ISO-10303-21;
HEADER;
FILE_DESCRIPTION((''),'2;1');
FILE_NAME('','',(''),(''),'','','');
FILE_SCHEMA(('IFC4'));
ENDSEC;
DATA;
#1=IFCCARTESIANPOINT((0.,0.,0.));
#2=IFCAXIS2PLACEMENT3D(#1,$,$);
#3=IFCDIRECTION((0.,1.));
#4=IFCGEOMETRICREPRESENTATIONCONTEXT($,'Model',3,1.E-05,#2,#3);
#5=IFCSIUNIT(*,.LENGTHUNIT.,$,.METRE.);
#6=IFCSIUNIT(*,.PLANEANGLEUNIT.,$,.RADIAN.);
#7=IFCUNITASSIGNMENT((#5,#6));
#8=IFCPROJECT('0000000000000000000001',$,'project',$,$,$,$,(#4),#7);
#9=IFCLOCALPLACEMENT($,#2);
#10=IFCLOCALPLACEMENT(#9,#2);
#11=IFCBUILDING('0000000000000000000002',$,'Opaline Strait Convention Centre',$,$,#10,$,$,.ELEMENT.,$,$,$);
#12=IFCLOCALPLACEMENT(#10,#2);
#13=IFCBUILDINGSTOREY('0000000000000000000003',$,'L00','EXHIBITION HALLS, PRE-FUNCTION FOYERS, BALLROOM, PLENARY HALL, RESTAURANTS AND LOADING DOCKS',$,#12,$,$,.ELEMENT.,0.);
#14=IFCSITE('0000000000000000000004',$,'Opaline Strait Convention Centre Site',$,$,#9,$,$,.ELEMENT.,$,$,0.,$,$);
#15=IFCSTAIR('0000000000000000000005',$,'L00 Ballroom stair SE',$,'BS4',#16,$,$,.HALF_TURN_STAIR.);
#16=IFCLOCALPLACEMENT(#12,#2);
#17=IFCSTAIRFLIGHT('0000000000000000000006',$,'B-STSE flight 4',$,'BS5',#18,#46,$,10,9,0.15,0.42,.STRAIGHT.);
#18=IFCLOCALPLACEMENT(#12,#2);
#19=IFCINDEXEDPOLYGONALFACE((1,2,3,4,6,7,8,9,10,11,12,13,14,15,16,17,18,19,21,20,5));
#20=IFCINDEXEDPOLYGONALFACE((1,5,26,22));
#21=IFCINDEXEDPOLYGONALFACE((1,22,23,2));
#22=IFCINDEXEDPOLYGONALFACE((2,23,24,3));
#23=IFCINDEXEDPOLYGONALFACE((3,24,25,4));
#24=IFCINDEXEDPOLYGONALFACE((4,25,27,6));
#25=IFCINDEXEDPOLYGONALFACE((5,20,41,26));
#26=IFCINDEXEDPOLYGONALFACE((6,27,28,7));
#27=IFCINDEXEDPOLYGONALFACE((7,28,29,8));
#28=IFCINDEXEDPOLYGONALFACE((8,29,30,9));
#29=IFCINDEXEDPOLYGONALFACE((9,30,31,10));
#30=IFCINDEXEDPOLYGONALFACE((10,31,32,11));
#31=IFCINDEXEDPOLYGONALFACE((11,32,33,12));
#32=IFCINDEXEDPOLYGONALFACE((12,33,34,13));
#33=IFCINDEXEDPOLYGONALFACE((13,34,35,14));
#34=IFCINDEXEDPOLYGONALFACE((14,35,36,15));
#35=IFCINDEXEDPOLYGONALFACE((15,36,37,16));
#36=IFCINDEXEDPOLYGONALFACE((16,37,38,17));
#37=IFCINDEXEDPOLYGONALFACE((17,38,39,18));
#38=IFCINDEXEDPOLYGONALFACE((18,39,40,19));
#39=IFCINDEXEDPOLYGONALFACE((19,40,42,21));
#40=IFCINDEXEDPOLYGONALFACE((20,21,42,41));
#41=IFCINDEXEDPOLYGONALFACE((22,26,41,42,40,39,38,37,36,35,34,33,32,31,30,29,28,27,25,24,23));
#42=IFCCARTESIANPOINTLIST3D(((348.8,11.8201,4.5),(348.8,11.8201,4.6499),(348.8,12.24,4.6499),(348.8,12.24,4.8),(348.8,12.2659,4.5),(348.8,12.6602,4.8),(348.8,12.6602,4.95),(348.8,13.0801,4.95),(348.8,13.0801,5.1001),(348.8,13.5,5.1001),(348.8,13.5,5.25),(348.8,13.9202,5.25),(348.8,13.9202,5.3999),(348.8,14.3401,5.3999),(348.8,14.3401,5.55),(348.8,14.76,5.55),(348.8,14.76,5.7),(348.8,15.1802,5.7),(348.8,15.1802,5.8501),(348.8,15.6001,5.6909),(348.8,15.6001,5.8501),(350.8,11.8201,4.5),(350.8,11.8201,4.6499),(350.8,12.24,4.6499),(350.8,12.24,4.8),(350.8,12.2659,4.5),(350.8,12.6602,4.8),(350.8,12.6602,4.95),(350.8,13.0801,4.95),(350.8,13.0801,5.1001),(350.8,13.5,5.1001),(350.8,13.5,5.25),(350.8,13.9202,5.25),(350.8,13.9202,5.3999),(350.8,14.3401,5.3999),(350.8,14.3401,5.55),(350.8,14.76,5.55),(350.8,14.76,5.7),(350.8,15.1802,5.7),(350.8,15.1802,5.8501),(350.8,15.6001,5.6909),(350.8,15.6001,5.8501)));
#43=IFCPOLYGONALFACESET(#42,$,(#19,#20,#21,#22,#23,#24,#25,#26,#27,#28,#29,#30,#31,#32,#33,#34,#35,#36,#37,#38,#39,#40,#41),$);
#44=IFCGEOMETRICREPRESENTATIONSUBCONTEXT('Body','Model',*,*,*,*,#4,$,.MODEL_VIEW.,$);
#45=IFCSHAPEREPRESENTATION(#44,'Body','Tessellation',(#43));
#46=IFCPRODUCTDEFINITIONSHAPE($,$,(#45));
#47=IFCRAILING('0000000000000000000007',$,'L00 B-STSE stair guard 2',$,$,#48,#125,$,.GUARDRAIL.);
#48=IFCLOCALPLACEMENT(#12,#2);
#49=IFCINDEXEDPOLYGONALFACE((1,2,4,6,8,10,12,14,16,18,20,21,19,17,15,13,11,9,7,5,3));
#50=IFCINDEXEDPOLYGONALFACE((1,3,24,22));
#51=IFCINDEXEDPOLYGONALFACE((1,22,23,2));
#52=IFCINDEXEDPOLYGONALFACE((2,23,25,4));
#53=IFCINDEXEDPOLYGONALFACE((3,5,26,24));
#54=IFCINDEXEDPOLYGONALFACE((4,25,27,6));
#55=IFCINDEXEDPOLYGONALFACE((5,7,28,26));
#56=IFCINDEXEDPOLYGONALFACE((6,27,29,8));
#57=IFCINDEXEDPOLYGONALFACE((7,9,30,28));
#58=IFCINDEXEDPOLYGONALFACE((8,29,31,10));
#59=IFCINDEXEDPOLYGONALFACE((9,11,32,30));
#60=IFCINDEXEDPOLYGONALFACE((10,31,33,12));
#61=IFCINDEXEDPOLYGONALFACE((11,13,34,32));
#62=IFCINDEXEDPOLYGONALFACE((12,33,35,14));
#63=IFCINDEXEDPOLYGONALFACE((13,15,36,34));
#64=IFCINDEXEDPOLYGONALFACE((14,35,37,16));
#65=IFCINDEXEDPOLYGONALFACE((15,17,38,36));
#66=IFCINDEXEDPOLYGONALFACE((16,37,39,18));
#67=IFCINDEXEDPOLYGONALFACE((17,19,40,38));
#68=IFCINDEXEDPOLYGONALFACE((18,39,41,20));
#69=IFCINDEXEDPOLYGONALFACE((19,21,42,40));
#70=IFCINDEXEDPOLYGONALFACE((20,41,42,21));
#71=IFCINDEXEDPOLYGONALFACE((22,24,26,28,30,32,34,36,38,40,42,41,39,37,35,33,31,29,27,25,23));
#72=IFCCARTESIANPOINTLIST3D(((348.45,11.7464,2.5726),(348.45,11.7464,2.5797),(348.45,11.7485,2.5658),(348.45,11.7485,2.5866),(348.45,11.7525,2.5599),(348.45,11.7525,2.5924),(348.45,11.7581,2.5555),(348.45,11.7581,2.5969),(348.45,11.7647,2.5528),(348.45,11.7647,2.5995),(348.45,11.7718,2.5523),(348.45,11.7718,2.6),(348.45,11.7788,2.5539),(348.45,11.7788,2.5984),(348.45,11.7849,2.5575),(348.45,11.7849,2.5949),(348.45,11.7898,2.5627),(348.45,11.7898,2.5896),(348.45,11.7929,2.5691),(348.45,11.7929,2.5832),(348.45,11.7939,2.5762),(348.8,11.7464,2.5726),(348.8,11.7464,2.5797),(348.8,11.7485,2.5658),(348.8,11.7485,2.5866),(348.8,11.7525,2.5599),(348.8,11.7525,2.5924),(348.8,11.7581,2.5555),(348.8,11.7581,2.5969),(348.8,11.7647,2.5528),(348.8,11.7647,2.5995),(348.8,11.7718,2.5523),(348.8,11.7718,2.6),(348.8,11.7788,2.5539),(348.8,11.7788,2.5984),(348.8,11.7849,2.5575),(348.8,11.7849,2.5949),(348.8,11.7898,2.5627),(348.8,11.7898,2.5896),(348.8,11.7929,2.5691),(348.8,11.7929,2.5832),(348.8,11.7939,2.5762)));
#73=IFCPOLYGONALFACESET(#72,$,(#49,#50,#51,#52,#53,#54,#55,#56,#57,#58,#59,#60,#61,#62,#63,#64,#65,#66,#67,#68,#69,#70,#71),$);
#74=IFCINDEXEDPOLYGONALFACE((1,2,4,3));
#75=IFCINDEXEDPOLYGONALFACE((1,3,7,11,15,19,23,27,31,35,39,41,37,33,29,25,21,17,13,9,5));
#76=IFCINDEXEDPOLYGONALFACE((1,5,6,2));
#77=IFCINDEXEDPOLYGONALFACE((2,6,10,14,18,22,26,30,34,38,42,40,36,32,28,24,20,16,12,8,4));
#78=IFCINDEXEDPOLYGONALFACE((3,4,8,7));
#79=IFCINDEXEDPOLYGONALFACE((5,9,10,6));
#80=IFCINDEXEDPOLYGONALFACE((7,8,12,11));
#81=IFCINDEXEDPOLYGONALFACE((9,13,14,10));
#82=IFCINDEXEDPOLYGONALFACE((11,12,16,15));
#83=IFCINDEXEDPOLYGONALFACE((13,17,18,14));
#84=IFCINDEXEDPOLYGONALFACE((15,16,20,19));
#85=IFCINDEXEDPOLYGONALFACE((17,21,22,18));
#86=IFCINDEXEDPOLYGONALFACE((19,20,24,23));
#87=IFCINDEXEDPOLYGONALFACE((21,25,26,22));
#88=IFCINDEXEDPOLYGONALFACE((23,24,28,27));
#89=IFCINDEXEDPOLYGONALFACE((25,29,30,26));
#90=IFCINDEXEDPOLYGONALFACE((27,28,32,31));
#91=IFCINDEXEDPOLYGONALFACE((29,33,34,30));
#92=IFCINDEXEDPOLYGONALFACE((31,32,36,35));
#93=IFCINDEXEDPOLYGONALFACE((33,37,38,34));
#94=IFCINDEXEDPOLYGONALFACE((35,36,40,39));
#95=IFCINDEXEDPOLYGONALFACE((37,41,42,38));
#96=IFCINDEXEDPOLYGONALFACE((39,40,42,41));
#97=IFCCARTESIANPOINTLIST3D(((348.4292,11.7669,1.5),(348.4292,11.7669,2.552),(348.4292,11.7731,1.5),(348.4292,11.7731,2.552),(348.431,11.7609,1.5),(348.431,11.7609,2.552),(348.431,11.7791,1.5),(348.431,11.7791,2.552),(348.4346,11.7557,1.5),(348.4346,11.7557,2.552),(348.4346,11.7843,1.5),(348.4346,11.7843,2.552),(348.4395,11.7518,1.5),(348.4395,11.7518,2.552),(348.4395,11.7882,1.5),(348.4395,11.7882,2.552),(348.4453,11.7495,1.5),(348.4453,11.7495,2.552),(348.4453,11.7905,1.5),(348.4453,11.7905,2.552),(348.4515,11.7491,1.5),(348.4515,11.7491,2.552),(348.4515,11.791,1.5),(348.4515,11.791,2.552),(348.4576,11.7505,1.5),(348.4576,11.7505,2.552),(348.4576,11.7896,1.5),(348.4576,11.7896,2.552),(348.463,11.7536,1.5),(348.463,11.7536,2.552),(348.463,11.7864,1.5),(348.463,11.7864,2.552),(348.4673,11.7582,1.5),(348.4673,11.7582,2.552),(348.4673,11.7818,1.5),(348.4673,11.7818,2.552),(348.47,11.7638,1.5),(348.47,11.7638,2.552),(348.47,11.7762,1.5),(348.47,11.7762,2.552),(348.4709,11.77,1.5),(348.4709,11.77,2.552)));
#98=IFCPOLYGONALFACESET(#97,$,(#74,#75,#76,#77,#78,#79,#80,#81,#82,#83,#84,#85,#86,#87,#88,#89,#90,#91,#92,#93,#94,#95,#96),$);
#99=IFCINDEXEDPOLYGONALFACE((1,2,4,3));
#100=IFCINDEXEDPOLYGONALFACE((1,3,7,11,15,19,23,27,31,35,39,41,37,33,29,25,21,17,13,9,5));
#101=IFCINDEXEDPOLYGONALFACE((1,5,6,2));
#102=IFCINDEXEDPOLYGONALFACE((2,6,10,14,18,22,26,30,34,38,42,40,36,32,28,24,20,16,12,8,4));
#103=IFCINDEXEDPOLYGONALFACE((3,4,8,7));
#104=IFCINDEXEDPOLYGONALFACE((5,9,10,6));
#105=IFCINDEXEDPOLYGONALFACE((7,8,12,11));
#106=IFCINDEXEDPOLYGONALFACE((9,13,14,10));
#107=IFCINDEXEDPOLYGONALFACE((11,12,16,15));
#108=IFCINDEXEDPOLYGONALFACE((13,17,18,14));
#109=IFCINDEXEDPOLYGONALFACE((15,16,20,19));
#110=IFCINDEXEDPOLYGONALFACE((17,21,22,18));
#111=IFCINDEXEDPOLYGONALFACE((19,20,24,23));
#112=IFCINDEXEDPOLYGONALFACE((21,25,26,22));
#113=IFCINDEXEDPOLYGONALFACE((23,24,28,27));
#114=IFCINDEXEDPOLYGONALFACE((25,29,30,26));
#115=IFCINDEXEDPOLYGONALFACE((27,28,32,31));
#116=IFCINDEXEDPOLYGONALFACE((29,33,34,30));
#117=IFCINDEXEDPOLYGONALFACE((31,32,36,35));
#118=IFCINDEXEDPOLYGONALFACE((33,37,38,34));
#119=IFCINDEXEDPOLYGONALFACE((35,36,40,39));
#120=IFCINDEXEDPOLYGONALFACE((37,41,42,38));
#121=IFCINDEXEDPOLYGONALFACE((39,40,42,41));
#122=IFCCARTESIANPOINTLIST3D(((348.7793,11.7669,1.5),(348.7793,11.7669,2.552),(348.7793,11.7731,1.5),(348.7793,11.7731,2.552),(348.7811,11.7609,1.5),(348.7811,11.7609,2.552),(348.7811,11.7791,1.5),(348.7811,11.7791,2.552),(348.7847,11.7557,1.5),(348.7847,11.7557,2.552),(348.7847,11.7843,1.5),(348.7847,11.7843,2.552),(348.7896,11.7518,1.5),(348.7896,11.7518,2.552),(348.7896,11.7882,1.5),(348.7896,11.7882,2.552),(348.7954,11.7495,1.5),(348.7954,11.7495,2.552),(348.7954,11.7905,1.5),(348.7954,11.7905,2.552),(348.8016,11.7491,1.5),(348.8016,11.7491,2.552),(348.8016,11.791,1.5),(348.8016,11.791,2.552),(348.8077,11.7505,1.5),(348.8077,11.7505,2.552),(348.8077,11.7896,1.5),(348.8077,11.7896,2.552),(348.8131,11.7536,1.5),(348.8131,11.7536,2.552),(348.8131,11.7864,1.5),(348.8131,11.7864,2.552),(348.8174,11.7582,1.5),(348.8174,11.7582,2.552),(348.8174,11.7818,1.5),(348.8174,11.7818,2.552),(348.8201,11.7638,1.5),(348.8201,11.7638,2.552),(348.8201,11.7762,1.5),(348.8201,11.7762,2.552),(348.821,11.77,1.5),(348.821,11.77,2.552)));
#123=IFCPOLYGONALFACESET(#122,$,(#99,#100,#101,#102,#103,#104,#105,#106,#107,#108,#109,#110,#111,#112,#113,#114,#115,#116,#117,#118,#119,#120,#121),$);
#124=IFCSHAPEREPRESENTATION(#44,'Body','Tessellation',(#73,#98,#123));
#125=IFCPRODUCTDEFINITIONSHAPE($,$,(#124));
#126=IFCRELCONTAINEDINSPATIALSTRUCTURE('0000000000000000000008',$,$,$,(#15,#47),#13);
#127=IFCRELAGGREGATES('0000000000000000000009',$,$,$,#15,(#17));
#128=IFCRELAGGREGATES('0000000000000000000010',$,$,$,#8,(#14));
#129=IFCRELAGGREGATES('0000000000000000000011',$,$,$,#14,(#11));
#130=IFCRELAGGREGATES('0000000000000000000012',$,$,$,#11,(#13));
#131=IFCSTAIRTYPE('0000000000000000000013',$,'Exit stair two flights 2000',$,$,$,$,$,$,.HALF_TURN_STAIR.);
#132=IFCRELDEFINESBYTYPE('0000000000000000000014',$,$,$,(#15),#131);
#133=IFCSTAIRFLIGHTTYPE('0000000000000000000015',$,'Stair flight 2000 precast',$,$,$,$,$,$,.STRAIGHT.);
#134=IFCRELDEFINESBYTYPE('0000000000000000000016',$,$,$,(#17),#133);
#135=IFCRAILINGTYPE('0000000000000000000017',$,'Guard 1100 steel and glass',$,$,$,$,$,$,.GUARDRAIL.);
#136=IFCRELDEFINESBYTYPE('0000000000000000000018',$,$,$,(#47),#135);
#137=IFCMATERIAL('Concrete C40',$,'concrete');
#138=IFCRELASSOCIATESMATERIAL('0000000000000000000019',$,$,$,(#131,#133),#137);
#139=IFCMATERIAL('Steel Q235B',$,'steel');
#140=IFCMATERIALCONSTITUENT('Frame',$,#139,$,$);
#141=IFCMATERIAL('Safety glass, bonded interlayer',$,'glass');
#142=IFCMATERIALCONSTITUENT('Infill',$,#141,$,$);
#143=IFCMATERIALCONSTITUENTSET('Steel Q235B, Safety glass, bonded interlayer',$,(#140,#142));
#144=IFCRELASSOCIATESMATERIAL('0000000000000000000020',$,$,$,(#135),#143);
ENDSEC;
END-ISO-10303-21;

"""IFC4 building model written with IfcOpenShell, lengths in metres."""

from ifc_helpers import new_model, si_unit, direction, frame, origin, origin_2d, place, context, subcontext, project, spatial, polyline, circle, outline, extrude, material, constituent, constituent_set, type_object, element, aggregate, save


model = new_model("IFC4")

# Units and contexts
model_context = context("Model", 3, precision=1e-05, world=origin(), true_north=direction((0.0, 1.0)))
body_context = subcontext(model_context, "Body", "Model", "MODEL_VIEW")
ifc_project = project(units=[si_unit("LENGTHUNIT", "METRE"), si_unit("PLANEANGLEUNIT", "RADIAN")], contexts=[model_context])

# Site, building, storey
site_placement = place(None, origin())
site = spatial("IfcSite", under=ifc_project, at=site_placement, Name="Opaline Strait Convention Centre Site", CompositionType="ELEMENT", RefElevation=0.0)
building_placement = place(site_placement, origin())
building = spatial("IfcBuilding", under=site, at=building_placement, Name="Opaline Strait Convention Centre", CompositionType="ELEMENT")
storey_placement = place(building_placement, origin())
storey = spatial("IfcBuildingStorey", under=building, at=storey_placement, Name="L00", Description="EXHIBITION HALLS, PRE-FUNCTION FOYERS, BALLROOM, PLENARY HALL, RESTAURANTS AND LOADING DOCKS", CompositionType="ELEMENT", Elevation=0.0)

# Shared definitions
ifc_material_1 = material(Name="Concrete C40", Category="concrete")

# Shared definitions
ifc_material_2 = material(Name="Steel Q235B", Category="steel")

# Stair, stair flight
stair_type = type_object("IfcStairType", Name="Exit stair two flights 2000", PredefinedType="HALF_TURN_STAIR", material=ifc_material_1)
stair_placement = place(storey_placement, origin())
stair = element("IfcStair", 1, at=stair_placement, inside=storey, type_object=stair_type, Name="L00 Ballroom stair SE", ObjectType="BS4", PredefinedType="HALF_TURN_STAIR")
stair_flight_type = type_object("IfcStairFlightType", Name="Stair flight 2000 precast", PredefinedType="STRAIGHT", material=ifc_material_1)
stair_flight_1_placement = place(storey_placement, frame((349.8, 11.8201, 4.5), z_axis=(0.0, 0.0, 1.0), x_axis=(0.0, 1.0, 0.0)))
stair_flight_1 = element("IfcStairFlight", 2, at=stair_flight_1_placement, type_object=stair_flight_type, Name="B-STSE flight 4", ObjectType="BS5", NumberOfRisers=10, NumberOfTreads=9, PredefinedType="STRAIGHT", RiserHeight=0.15, TreadLength=0.42, context=body_context, shape_type="SweptSolid", body=[
    extrude(outline(polyline([(0.0, 0.0), (0.0, 0.1499), (0.4199, 0.1499), (0.4199, 0.3), (0.8401, 0.3), (0.8401, 0.45), (1.26, 0.45), (1.26, 0.6001), (1.6799, 0.6001), (1.6799, 0.75), (2.1001, 0.75), (2.1001, 0.8999), (2.52, 0.8999), (2.52, 1.05), (2.9399, 1.05), (2.9399, 1.2), (3.3601, 1.2), (3.3601, 1.3501), (3.78, 1.3501), (3.78, 1.5), (3.78, 1.1909), (0.4458, 0.0), (0.0, 0.0)])), frame((0.0, 1.0, 0.0), z_axis=(0.0, -1.0, 0.0), x_axis=(1.0, 0.0, 0.0)), (0.0, 0.0, 1.0), 2.0),
])
aggregate(stair, [stair_flight_1])

# Railing
ifc_constituent_1 = constituent(ifc_material_2, Name="Frame")
ifc_material_3 = material(Name="Safety glass, bonded interlayer", Category="glass")
ifc_constituent_2 = constituent(ifc_material_3, Name="Infill")
ifc_constituent_set = constituent_set(constituents=[ifc_constituent_1, ifc_constituent_2], Name="Steel Q235B, Safety glass, bonded interlayer")
railing_type_1 = type_object("IfcRailingType", Name="Guard 1100 steel and glass", PredefinedType="GUARDRAIL", material=ifc_constituent_set)
railing_1_placement = place(storey_placement, frame((348.45, 11.77, 1.5)))
element("IfcRailing", 3, at=railing_1_placement, inside=storey, type_object=railing_type_1, Name="L00 B-STSE stair guard 2", PredefinedType="GUARDRAIL", context=body_context, shape_type="SweptSolid", body=[
    extrude(circle(Radius=0.0239, at=origin_2d()), frame((0.0, 0.0, 1.0762), z_axis=(1.0, 0.0, 0.0), x_axis=(0.0, 1.0, 0.0)), (0.0, 0.0, 1.0), 0.3501),
    extrude(circle(Radius=0.021, at=origin_2d()), origin(), (0.0, 0.0, 1.0), 1.052),
    extrude(circle(Radius=0.021, at=origin_2d()), frame((0.3501, 0.0, 0.0)), (0.0, 0.0, 1.0), 1.052),
])

save(model, "model.ifc")
